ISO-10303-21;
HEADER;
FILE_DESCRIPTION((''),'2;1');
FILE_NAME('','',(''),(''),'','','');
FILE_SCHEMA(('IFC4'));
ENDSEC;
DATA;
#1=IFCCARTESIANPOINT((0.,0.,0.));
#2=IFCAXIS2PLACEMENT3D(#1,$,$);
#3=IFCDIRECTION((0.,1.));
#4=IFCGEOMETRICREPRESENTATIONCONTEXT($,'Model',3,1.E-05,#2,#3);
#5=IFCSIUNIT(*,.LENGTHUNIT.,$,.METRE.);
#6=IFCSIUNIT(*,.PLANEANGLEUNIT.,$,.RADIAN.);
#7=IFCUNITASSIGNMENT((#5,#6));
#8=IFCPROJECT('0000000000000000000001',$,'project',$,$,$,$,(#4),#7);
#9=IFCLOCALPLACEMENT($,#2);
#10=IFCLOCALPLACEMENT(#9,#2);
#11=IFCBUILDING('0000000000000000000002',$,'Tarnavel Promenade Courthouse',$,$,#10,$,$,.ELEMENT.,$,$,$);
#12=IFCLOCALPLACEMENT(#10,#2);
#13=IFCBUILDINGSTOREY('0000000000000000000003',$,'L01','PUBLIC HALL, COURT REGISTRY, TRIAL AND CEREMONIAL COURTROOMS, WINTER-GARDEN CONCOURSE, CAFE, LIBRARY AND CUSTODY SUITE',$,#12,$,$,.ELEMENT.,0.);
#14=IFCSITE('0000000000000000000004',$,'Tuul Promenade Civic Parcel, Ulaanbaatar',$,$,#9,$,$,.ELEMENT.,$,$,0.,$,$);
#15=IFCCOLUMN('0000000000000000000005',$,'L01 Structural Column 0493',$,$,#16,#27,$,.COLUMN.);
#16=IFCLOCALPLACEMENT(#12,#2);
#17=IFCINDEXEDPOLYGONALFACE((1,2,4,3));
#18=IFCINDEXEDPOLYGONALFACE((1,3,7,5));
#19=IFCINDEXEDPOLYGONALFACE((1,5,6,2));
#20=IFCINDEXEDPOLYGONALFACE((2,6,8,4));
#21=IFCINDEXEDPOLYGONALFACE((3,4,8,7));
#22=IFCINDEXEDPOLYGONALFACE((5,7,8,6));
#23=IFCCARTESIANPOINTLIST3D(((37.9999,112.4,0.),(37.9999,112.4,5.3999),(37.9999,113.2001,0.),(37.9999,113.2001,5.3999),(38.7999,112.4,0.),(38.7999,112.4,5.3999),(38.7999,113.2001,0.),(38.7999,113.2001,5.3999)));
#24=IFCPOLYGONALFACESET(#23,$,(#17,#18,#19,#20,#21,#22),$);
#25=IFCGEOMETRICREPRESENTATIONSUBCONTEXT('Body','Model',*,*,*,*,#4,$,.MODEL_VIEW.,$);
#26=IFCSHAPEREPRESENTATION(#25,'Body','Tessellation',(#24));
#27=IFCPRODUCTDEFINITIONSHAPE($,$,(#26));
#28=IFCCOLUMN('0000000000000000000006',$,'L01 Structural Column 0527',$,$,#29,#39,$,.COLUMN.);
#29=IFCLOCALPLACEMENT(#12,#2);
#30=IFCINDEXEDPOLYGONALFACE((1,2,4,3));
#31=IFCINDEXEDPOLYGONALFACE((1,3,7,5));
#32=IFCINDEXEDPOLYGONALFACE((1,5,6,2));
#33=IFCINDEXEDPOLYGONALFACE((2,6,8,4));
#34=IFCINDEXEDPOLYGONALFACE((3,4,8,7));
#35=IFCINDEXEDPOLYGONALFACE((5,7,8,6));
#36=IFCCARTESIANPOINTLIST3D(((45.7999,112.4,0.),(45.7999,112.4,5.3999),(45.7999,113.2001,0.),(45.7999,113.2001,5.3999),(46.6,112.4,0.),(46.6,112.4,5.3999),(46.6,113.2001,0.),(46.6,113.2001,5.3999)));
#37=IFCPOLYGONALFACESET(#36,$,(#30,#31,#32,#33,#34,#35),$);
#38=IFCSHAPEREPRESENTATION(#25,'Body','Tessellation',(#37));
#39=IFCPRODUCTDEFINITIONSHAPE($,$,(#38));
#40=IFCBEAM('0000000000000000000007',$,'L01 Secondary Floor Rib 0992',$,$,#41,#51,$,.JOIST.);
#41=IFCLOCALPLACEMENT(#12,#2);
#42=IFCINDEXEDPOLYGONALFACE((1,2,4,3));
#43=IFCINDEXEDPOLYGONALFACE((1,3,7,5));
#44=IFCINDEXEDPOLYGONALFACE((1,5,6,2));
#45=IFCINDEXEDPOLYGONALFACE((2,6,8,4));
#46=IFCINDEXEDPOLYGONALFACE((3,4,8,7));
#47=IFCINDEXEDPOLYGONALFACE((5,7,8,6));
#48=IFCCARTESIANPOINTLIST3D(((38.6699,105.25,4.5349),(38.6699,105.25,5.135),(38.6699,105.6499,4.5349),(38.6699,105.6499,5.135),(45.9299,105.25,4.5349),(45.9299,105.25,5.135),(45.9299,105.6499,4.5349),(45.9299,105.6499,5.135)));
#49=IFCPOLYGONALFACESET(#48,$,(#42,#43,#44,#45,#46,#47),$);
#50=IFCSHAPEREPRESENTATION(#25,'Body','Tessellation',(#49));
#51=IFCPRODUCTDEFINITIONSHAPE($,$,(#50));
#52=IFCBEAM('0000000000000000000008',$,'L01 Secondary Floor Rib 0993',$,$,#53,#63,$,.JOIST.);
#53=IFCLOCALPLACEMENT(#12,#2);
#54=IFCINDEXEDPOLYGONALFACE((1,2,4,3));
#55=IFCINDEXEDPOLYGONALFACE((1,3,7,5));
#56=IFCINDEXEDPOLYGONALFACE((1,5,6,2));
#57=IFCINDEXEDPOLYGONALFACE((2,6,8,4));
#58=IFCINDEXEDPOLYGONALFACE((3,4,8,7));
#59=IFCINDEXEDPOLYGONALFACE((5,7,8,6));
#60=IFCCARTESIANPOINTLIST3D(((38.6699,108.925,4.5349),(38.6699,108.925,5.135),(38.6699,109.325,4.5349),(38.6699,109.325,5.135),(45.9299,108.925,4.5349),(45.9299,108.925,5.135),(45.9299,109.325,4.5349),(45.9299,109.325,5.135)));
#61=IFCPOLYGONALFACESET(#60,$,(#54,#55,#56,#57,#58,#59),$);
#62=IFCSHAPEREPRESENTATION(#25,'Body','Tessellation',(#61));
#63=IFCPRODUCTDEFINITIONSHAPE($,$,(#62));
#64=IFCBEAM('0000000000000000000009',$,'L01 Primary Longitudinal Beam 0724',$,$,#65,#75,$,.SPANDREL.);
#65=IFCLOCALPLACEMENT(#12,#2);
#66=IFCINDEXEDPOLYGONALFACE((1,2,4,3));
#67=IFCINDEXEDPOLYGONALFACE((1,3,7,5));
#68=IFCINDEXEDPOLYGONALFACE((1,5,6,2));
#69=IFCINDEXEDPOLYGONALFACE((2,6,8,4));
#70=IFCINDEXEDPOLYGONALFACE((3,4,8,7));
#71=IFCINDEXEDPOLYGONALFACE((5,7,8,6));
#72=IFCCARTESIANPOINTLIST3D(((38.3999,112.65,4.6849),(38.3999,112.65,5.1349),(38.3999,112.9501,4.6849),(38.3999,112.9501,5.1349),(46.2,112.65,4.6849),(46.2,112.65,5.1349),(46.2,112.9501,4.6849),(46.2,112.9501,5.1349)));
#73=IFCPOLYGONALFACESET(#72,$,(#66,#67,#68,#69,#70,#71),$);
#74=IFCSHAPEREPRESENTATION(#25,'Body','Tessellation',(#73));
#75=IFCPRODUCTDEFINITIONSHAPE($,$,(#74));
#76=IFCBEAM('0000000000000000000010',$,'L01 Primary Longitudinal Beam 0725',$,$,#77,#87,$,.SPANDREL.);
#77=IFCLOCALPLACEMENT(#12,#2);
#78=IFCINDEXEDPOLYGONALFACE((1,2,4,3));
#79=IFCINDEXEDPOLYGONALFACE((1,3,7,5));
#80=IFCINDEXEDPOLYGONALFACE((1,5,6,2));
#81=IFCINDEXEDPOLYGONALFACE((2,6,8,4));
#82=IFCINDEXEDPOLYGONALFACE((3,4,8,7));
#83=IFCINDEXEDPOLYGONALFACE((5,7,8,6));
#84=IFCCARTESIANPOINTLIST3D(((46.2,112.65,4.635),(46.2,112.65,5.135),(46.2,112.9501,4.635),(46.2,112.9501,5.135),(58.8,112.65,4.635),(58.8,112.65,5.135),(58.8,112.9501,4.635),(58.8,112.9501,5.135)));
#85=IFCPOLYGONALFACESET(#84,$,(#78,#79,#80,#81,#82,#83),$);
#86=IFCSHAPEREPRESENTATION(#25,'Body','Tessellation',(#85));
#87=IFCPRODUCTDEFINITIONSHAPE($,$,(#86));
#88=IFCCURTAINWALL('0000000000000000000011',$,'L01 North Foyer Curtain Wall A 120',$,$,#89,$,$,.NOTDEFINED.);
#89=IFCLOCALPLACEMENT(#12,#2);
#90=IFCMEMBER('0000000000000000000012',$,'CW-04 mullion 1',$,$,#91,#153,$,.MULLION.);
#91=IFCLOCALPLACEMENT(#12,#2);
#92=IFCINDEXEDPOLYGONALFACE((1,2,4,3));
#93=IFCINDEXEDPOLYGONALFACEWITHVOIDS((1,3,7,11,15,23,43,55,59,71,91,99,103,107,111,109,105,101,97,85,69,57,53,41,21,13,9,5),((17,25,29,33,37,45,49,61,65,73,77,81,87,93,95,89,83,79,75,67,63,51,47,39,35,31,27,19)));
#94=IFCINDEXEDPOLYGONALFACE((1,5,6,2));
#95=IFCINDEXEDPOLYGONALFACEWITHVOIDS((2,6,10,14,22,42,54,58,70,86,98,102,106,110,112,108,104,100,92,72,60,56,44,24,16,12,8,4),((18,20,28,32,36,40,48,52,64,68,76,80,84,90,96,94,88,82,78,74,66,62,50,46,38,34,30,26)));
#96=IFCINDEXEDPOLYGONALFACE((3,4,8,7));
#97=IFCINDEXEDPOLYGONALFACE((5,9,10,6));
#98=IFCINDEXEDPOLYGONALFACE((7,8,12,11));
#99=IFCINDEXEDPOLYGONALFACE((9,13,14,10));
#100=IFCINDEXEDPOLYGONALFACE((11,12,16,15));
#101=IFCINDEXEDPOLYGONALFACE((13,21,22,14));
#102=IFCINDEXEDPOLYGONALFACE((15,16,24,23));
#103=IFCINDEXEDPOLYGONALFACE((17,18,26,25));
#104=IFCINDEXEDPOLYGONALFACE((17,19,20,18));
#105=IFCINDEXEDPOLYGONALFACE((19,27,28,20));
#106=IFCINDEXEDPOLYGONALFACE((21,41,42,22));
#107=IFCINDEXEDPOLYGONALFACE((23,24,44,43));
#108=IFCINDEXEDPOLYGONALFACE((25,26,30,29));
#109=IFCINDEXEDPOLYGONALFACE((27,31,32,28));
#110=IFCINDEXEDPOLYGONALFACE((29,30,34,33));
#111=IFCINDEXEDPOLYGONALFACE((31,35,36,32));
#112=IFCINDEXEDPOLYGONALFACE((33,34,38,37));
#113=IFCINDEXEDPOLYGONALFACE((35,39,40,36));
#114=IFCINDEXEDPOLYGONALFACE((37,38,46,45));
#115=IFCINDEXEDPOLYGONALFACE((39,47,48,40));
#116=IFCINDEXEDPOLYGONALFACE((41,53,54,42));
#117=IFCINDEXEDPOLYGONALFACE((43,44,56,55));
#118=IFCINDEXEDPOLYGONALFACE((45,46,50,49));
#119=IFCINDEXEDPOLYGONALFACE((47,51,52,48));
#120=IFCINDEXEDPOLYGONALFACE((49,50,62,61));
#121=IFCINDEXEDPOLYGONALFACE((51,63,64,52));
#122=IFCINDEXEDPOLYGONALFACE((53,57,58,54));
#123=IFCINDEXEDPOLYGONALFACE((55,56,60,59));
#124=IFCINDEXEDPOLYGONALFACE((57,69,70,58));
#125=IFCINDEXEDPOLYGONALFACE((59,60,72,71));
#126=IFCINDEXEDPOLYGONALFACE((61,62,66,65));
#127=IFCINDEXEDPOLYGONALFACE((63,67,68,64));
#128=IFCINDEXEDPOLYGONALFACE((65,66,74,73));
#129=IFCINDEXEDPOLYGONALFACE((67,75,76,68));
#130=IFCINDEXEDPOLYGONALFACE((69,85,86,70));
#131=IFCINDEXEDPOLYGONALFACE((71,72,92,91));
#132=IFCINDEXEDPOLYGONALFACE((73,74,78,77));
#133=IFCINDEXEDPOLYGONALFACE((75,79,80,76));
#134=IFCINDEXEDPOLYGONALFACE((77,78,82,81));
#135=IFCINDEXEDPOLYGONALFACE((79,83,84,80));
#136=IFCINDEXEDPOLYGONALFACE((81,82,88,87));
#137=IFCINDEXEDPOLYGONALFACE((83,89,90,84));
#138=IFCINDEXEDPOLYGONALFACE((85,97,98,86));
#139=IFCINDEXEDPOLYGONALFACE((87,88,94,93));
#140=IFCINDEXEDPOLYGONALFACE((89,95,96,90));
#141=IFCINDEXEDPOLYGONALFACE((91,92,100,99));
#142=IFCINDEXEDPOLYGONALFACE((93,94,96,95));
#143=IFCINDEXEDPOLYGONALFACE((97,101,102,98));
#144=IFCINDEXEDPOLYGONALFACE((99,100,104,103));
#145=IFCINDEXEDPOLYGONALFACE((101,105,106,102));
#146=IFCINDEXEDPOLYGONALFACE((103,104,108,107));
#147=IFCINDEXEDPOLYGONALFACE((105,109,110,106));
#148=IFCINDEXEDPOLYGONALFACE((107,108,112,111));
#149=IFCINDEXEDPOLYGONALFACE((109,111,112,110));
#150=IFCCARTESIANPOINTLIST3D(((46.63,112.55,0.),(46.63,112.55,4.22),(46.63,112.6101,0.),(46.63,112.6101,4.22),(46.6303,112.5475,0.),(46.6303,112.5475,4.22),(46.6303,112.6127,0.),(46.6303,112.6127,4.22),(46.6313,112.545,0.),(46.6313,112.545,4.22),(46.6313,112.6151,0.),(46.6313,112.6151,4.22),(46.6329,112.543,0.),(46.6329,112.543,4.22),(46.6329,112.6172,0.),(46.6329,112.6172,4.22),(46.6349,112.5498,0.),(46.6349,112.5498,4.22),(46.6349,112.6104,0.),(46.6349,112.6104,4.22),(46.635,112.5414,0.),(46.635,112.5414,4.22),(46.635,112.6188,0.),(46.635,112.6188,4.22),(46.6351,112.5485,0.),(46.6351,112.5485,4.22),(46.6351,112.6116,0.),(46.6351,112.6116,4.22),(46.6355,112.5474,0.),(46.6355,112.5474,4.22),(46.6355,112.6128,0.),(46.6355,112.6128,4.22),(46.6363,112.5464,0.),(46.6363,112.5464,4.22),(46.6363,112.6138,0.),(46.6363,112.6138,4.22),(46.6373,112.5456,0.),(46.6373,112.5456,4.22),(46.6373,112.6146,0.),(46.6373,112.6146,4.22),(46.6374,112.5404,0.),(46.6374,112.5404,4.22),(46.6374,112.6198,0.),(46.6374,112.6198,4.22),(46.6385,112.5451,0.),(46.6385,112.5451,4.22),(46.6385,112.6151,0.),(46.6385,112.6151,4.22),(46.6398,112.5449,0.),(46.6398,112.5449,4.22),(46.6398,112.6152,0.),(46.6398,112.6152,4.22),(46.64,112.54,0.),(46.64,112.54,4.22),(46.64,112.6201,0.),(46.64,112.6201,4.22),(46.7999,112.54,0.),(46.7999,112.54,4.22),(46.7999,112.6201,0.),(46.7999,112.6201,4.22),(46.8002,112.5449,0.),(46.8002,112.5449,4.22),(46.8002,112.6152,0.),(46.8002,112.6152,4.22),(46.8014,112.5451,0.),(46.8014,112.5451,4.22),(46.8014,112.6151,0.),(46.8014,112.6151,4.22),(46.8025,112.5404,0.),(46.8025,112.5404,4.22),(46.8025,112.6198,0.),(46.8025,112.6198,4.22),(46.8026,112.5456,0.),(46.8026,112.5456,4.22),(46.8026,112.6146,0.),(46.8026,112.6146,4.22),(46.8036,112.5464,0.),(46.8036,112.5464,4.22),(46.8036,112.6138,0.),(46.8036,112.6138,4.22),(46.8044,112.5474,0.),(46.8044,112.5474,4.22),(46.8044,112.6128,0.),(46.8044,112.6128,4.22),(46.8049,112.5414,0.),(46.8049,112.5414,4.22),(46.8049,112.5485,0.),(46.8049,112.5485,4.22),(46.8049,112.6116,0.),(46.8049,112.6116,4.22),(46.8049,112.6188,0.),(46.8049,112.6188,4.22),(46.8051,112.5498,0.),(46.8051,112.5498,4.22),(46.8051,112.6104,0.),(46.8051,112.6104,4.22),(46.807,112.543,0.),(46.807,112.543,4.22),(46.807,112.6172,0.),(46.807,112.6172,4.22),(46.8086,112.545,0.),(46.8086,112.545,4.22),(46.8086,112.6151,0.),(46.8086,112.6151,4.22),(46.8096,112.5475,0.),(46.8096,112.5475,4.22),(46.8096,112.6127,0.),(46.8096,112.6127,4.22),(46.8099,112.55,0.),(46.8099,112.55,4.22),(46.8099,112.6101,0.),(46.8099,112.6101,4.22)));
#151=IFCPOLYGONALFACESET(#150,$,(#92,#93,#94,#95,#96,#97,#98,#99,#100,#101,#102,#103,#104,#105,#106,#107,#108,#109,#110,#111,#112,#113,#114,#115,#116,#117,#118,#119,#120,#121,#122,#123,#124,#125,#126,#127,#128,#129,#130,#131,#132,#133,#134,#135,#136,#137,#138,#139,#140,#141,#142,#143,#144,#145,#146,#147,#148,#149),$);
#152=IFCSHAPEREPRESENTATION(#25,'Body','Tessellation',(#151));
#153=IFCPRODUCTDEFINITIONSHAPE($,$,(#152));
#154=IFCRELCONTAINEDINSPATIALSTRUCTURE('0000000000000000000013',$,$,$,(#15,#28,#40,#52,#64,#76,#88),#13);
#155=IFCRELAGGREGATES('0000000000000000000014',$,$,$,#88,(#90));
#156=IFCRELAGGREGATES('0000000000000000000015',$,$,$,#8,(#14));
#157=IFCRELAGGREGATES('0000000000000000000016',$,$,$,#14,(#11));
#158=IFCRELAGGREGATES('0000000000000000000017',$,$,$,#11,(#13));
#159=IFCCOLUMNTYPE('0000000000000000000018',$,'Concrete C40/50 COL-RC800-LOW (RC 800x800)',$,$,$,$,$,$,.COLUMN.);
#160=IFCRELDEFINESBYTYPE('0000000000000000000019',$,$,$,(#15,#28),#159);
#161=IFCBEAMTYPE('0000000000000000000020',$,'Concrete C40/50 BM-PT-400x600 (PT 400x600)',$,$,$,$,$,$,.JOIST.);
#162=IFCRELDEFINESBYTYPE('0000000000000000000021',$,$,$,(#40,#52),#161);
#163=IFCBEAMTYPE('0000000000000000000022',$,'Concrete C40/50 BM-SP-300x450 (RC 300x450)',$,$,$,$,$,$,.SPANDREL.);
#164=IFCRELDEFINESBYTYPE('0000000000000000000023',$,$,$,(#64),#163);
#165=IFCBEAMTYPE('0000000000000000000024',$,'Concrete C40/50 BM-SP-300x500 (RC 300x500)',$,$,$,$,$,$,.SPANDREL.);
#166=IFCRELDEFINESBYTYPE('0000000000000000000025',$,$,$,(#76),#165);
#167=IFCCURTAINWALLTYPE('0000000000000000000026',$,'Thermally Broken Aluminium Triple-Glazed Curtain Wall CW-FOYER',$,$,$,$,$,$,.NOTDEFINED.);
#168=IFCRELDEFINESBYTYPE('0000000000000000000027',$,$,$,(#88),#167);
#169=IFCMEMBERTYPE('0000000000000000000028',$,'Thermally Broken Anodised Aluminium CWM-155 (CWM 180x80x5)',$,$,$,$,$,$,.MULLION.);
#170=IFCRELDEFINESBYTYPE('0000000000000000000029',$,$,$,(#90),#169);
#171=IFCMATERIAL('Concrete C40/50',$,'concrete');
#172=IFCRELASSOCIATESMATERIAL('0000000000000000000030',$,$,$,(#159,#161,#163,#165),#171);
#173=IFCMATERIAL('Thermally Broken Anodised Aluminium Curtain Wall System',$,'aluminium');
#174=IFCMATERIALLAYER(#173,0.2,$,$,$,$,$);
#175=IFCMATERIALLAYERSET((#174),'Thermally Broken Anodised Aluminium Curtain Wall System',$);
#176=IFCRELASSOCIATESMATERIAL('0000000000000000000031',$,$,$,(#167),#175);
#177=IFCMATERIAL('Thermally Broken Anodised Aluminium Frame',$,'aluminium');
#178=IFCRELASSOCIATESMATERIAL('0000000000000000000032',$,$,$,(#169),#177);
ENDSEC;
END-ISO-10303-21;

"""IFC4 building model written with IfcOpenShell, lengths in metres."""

from ifc_helpers import new_model, si_unit, direction, frame, origin, origin_2d, place, context, subcontext, project, spatial, rectangle, hollow_rectangle, extrude, material, layer, layer_set, material_profile, profile_set, type_object, element, aggregate, save


model = new_model("IFC4")

# Units and contexts
model_context = context("Model", 3, precision=1e-05, world=origin(), true_north=direction((0.0, 1.0)))
body_context = subcontext(model_context, "Body", "Model", "MODEL_VIEW")
ifc_project = project(units=[si_unit("LENGTHUNIT", "METRE"), si_unit("PLANEANGLEUNIT", "RADIAN")], contexts=[model_context])

# Site, building, storey
site_placement = place(None, origin())
site = spatial("IfcSite", under=ifc_project, at=site_placement, Name="Tuul Promenade Civic Parcel, Ulaanbaatar", CompositionType="ELEMENT", RefElevation=0.0)
building_placement = place(site_placement, origin())
building = spatial("IfcBuilding", under=site, at=building_placement, Name="Tarnavel Promenade Courthouse", CompositionType="ELEMENT")
storey_placement = place(building_placement, origin())
storey = spatial("IfcBuildingStorey", under=building, at=storey_placement, Name="L01", Description="PUBLIC HALL, COURT REGISTRY, TRIAL AND CEREMONIAL COURTROOMS, WINTER-GARDEN CONCOURSE, CAFE, LIBRARY AND CUSTODY SUITE", CompositionType="ELEMENT", Elevation=0.0)

# Columns
ifc_material_1 = material(Name="Concrete C40/50", Category="concrete")
ifc_material_profile_1 = material_profile(ifc_material_1, rectangle(XDim=0.8, YDim=0.8, at=origin_2d()), Name="RC 800x800")
ifc_profile_set_1 = profile_set([ifc_material_profile_1], Name="Concrete C40/50")
column_type = type_object("IfcColumnType", Name="Concrete C40/50 COL-RC800-LOW (RC 800x800)", PredefinedType="COLUMN", material=ifc_profile_set_1)
for number, where, z_axis, x_axis, name in (
    (1, (38.3999, 112.8, 0.0), (0.0, 0.0, 1.0), (1.0, 0.0, 0.0), "L01 Structural Column 0493"),
    (2, (46.2, 112.8, 0.0), (0.0, 0.0, 1.0), (1.0, 0.0, 0.0), "L01 Structural Column 0527"),
):
    element("IfcColumn", number, at=place(storey_placement, frame(where, z_axis=z_axis, x_axis=x_axis)), inside=storey, type_object=column_type, Name=name, PredefinedType="COLUMN", context=body_context, shape_type="SweptSolid", body=[
        extrude(rectangle(XDim=0.8, YDim=0.8, at=origin_2d()), origin(), (0.0, 0.0, 1.0), 5.3999),
    ])

# Beams
ifc_material_profile_2 = material_profile(ifc_material_1, rectangle(XDim=0.3999, YDim=0.6001, at=origin_2d()), Name="PT 400x600")
ifc_profile_set_2 = profile_set([ifc_material_profile_2], Name="Concrete C40/50")
beam_type_1 = type_object("IfcBeamType", Name="Concrete C40/50 BM-PT-400x600 (PT 400x600)", PredefinedType="JOIST", material=ifc_profile_set_2)
for number, where, z_axis, x_axis, name in (
    (3, (38.6699, 105.45, 4.835), (1.0, 0.0, 0.0), (0.0, 1.0, 0.0), "L01 Secondary Floor Rib 0992"),
    (4, (38.6699, 109.125, 4.835), (1.0, 0.0, 0.0), (0.0, 1.0, 0.0), "L01 Secondary Floor Rib 0993"),
):
    element("IfcBeam", number, at=place(storey_placement, frame(where, z_axis=z_axis, x_axis=x_axis)), inside=storey, type_object=beam_type_1, Name=name, PredefinedType="JOIST", context=body_context, shape_type="SweptSolid", body=[
        extrude(rectangle(XDim=0.3999, YDim=0.6001, at=origin_2d()), origin(), (0.0, 0.0, 1.0), 7.26),
    ])
ifc_material_profile_3 = material_profile(ifc_material_1, rectangle(XDim=0.3, YDim=0.45, at=origin_2d()), Name="RC 300x450")
ifc_profile_set_3 = profile_set([ifc_material_profile_3], Name="Concrete C40/50")
beam_type_2 = type_object("IfcBeamType", Name="Concrete C40/50 BM-SP-300x450 (RC 300x450)", PredefinedType="SPANDREL", material=ifc_profile_set_3)
beam_1_placement = place(storey_placement, frame((38.3999, 112.8, 4.9099), z_axis=(1.0, 0.0, 0.0), x_axis=(0.0, 1.0, 0.0)))
element("IfcBeam", 5, at=beam_1_placement, inside=storey, type_object=beam_type_2, Name="L01 Primary Longitudinal Beam 0724", PredefinedType="SPANDREL", context=body_context, shape_type="SweptSolid", body=[
    extrude(rectangle(XDim=0.3, YDim=0.45, at=origin_2d()), origin(), (0.0, 0.0, 1.0), 7.8),
])
ifc_material_profile_4 = material_profile(ifc_material_1, rectangle(XDim=0.3, YDim=0.5, at=origin_2d()), Name="RC 300x500")
ifc_profile_set_4 = profile_set([ifc_material_profile_4], Name="Concrete C40/50")
beam_type_3 = type_object("IfcBeamType", Name="Concrete C40/50 BM-SP-300x500 (RC 300x500)", PredefinedType="SPANDREL", material=ifc_profile_set_4)
beam_2_placement = place(storey_placement, frame((46.2, 112.8, 4.885), z_axis=(1.0, 0.0, 0.0), x_axis=(0.0, 1.0, 0.0)))
element("IfcBeam", 6, at=beam_2_placement, inside=storey, type_object=beam_type_3, Name="L01 Primary Longitudinal Beam 0725", PredefinedType="SPANDREL", context=body_context, shape_type="SweptSolid", body=[
    extrude(rectangle(XDim=0.3, YDim=0.5, at=origin_2d()), origin(), (0.0, 0.0, 1.0), 12.6001),
])

# Curtain wall, member
ifc_material_2 = material(Name="Thermally Broken Anodised Aluminium Curtain Wall System", Category="aluminium")
ifc_layer_1 = layer(ifc_material_2, 0.2)
ifc_layer_set_1 = layer_set([ifc_layer_1], Name="Thermally Broken Anodised Aluminium Curtain Wall System")
curtain_wall_type = type_object("IfcCurtainWallType", Name="Thermally Broken Aluminium Triple-Glazed Curtain Wall CW-FOYER", PredefinedType="NOTDEFINED", material=ifc_layer_set_1)
curtain_wall_placement = place(storey_placement, origin())
curtain_wall = element("IfcCurtainWall", 7, at=curtain_wall_placement, inside=storey, type_object=curtain_wall_type, Name="L01 North Foyer Curtain Wall A 120", PredefinedType="NOTDEFINED")
ifc_material_3 = material(Name="Thermally Broken Anodised Aluminium Frame", Category="aluminium")
ifc_material_profile_5 = material_profile(ifc_material_3, hollow_rectangle(XDim=0.0801, YDim=0.1799, WallThickness=0.0049, InnerFilletRadius=0.0049, OuterFilletRadius=0.01, at=origin_2d()), Name="CWM 180x80x5")
ifc_profile_set_5 = profile_set([ifc_material_profile_5], Name="Thermally Broken Anodised Aluminium Frame")
member_type_1 = type_object("IfcMemberType", Name="Thermally Broken Anodised Aluminium CWM-155 (CWM 180x80x5)", PredefinedType="MULLION", material=ifc_profile_set_5)
member_1_placement = place(storey_placement, frame((46.72, 112.5801, 0.0), z_axis=(0.0, 0.0, 1.0), x_axis=(0.0, 1.0, 0.0)))
member_1 = element("IfcMember", 8, at=member_1_placement, type_object=member_type_1, Name="CW-04 mullion 1", PredefinedType="MULLION", context=body_context, shape_type="SweptSolid", body=[
    extrude(hollow_rectangle(XDim=0.0801, YDim=0.1799, WallThickness=0.0049, InnerFilletRadius=0.0049, OuterFilletRadius=0.01, at=origin_2d()), origin(), (0.0, 0.0, 1.0), 4.22),
])
aggregate(curtain_wall, [member_1])

save(model, "model.ifc")
